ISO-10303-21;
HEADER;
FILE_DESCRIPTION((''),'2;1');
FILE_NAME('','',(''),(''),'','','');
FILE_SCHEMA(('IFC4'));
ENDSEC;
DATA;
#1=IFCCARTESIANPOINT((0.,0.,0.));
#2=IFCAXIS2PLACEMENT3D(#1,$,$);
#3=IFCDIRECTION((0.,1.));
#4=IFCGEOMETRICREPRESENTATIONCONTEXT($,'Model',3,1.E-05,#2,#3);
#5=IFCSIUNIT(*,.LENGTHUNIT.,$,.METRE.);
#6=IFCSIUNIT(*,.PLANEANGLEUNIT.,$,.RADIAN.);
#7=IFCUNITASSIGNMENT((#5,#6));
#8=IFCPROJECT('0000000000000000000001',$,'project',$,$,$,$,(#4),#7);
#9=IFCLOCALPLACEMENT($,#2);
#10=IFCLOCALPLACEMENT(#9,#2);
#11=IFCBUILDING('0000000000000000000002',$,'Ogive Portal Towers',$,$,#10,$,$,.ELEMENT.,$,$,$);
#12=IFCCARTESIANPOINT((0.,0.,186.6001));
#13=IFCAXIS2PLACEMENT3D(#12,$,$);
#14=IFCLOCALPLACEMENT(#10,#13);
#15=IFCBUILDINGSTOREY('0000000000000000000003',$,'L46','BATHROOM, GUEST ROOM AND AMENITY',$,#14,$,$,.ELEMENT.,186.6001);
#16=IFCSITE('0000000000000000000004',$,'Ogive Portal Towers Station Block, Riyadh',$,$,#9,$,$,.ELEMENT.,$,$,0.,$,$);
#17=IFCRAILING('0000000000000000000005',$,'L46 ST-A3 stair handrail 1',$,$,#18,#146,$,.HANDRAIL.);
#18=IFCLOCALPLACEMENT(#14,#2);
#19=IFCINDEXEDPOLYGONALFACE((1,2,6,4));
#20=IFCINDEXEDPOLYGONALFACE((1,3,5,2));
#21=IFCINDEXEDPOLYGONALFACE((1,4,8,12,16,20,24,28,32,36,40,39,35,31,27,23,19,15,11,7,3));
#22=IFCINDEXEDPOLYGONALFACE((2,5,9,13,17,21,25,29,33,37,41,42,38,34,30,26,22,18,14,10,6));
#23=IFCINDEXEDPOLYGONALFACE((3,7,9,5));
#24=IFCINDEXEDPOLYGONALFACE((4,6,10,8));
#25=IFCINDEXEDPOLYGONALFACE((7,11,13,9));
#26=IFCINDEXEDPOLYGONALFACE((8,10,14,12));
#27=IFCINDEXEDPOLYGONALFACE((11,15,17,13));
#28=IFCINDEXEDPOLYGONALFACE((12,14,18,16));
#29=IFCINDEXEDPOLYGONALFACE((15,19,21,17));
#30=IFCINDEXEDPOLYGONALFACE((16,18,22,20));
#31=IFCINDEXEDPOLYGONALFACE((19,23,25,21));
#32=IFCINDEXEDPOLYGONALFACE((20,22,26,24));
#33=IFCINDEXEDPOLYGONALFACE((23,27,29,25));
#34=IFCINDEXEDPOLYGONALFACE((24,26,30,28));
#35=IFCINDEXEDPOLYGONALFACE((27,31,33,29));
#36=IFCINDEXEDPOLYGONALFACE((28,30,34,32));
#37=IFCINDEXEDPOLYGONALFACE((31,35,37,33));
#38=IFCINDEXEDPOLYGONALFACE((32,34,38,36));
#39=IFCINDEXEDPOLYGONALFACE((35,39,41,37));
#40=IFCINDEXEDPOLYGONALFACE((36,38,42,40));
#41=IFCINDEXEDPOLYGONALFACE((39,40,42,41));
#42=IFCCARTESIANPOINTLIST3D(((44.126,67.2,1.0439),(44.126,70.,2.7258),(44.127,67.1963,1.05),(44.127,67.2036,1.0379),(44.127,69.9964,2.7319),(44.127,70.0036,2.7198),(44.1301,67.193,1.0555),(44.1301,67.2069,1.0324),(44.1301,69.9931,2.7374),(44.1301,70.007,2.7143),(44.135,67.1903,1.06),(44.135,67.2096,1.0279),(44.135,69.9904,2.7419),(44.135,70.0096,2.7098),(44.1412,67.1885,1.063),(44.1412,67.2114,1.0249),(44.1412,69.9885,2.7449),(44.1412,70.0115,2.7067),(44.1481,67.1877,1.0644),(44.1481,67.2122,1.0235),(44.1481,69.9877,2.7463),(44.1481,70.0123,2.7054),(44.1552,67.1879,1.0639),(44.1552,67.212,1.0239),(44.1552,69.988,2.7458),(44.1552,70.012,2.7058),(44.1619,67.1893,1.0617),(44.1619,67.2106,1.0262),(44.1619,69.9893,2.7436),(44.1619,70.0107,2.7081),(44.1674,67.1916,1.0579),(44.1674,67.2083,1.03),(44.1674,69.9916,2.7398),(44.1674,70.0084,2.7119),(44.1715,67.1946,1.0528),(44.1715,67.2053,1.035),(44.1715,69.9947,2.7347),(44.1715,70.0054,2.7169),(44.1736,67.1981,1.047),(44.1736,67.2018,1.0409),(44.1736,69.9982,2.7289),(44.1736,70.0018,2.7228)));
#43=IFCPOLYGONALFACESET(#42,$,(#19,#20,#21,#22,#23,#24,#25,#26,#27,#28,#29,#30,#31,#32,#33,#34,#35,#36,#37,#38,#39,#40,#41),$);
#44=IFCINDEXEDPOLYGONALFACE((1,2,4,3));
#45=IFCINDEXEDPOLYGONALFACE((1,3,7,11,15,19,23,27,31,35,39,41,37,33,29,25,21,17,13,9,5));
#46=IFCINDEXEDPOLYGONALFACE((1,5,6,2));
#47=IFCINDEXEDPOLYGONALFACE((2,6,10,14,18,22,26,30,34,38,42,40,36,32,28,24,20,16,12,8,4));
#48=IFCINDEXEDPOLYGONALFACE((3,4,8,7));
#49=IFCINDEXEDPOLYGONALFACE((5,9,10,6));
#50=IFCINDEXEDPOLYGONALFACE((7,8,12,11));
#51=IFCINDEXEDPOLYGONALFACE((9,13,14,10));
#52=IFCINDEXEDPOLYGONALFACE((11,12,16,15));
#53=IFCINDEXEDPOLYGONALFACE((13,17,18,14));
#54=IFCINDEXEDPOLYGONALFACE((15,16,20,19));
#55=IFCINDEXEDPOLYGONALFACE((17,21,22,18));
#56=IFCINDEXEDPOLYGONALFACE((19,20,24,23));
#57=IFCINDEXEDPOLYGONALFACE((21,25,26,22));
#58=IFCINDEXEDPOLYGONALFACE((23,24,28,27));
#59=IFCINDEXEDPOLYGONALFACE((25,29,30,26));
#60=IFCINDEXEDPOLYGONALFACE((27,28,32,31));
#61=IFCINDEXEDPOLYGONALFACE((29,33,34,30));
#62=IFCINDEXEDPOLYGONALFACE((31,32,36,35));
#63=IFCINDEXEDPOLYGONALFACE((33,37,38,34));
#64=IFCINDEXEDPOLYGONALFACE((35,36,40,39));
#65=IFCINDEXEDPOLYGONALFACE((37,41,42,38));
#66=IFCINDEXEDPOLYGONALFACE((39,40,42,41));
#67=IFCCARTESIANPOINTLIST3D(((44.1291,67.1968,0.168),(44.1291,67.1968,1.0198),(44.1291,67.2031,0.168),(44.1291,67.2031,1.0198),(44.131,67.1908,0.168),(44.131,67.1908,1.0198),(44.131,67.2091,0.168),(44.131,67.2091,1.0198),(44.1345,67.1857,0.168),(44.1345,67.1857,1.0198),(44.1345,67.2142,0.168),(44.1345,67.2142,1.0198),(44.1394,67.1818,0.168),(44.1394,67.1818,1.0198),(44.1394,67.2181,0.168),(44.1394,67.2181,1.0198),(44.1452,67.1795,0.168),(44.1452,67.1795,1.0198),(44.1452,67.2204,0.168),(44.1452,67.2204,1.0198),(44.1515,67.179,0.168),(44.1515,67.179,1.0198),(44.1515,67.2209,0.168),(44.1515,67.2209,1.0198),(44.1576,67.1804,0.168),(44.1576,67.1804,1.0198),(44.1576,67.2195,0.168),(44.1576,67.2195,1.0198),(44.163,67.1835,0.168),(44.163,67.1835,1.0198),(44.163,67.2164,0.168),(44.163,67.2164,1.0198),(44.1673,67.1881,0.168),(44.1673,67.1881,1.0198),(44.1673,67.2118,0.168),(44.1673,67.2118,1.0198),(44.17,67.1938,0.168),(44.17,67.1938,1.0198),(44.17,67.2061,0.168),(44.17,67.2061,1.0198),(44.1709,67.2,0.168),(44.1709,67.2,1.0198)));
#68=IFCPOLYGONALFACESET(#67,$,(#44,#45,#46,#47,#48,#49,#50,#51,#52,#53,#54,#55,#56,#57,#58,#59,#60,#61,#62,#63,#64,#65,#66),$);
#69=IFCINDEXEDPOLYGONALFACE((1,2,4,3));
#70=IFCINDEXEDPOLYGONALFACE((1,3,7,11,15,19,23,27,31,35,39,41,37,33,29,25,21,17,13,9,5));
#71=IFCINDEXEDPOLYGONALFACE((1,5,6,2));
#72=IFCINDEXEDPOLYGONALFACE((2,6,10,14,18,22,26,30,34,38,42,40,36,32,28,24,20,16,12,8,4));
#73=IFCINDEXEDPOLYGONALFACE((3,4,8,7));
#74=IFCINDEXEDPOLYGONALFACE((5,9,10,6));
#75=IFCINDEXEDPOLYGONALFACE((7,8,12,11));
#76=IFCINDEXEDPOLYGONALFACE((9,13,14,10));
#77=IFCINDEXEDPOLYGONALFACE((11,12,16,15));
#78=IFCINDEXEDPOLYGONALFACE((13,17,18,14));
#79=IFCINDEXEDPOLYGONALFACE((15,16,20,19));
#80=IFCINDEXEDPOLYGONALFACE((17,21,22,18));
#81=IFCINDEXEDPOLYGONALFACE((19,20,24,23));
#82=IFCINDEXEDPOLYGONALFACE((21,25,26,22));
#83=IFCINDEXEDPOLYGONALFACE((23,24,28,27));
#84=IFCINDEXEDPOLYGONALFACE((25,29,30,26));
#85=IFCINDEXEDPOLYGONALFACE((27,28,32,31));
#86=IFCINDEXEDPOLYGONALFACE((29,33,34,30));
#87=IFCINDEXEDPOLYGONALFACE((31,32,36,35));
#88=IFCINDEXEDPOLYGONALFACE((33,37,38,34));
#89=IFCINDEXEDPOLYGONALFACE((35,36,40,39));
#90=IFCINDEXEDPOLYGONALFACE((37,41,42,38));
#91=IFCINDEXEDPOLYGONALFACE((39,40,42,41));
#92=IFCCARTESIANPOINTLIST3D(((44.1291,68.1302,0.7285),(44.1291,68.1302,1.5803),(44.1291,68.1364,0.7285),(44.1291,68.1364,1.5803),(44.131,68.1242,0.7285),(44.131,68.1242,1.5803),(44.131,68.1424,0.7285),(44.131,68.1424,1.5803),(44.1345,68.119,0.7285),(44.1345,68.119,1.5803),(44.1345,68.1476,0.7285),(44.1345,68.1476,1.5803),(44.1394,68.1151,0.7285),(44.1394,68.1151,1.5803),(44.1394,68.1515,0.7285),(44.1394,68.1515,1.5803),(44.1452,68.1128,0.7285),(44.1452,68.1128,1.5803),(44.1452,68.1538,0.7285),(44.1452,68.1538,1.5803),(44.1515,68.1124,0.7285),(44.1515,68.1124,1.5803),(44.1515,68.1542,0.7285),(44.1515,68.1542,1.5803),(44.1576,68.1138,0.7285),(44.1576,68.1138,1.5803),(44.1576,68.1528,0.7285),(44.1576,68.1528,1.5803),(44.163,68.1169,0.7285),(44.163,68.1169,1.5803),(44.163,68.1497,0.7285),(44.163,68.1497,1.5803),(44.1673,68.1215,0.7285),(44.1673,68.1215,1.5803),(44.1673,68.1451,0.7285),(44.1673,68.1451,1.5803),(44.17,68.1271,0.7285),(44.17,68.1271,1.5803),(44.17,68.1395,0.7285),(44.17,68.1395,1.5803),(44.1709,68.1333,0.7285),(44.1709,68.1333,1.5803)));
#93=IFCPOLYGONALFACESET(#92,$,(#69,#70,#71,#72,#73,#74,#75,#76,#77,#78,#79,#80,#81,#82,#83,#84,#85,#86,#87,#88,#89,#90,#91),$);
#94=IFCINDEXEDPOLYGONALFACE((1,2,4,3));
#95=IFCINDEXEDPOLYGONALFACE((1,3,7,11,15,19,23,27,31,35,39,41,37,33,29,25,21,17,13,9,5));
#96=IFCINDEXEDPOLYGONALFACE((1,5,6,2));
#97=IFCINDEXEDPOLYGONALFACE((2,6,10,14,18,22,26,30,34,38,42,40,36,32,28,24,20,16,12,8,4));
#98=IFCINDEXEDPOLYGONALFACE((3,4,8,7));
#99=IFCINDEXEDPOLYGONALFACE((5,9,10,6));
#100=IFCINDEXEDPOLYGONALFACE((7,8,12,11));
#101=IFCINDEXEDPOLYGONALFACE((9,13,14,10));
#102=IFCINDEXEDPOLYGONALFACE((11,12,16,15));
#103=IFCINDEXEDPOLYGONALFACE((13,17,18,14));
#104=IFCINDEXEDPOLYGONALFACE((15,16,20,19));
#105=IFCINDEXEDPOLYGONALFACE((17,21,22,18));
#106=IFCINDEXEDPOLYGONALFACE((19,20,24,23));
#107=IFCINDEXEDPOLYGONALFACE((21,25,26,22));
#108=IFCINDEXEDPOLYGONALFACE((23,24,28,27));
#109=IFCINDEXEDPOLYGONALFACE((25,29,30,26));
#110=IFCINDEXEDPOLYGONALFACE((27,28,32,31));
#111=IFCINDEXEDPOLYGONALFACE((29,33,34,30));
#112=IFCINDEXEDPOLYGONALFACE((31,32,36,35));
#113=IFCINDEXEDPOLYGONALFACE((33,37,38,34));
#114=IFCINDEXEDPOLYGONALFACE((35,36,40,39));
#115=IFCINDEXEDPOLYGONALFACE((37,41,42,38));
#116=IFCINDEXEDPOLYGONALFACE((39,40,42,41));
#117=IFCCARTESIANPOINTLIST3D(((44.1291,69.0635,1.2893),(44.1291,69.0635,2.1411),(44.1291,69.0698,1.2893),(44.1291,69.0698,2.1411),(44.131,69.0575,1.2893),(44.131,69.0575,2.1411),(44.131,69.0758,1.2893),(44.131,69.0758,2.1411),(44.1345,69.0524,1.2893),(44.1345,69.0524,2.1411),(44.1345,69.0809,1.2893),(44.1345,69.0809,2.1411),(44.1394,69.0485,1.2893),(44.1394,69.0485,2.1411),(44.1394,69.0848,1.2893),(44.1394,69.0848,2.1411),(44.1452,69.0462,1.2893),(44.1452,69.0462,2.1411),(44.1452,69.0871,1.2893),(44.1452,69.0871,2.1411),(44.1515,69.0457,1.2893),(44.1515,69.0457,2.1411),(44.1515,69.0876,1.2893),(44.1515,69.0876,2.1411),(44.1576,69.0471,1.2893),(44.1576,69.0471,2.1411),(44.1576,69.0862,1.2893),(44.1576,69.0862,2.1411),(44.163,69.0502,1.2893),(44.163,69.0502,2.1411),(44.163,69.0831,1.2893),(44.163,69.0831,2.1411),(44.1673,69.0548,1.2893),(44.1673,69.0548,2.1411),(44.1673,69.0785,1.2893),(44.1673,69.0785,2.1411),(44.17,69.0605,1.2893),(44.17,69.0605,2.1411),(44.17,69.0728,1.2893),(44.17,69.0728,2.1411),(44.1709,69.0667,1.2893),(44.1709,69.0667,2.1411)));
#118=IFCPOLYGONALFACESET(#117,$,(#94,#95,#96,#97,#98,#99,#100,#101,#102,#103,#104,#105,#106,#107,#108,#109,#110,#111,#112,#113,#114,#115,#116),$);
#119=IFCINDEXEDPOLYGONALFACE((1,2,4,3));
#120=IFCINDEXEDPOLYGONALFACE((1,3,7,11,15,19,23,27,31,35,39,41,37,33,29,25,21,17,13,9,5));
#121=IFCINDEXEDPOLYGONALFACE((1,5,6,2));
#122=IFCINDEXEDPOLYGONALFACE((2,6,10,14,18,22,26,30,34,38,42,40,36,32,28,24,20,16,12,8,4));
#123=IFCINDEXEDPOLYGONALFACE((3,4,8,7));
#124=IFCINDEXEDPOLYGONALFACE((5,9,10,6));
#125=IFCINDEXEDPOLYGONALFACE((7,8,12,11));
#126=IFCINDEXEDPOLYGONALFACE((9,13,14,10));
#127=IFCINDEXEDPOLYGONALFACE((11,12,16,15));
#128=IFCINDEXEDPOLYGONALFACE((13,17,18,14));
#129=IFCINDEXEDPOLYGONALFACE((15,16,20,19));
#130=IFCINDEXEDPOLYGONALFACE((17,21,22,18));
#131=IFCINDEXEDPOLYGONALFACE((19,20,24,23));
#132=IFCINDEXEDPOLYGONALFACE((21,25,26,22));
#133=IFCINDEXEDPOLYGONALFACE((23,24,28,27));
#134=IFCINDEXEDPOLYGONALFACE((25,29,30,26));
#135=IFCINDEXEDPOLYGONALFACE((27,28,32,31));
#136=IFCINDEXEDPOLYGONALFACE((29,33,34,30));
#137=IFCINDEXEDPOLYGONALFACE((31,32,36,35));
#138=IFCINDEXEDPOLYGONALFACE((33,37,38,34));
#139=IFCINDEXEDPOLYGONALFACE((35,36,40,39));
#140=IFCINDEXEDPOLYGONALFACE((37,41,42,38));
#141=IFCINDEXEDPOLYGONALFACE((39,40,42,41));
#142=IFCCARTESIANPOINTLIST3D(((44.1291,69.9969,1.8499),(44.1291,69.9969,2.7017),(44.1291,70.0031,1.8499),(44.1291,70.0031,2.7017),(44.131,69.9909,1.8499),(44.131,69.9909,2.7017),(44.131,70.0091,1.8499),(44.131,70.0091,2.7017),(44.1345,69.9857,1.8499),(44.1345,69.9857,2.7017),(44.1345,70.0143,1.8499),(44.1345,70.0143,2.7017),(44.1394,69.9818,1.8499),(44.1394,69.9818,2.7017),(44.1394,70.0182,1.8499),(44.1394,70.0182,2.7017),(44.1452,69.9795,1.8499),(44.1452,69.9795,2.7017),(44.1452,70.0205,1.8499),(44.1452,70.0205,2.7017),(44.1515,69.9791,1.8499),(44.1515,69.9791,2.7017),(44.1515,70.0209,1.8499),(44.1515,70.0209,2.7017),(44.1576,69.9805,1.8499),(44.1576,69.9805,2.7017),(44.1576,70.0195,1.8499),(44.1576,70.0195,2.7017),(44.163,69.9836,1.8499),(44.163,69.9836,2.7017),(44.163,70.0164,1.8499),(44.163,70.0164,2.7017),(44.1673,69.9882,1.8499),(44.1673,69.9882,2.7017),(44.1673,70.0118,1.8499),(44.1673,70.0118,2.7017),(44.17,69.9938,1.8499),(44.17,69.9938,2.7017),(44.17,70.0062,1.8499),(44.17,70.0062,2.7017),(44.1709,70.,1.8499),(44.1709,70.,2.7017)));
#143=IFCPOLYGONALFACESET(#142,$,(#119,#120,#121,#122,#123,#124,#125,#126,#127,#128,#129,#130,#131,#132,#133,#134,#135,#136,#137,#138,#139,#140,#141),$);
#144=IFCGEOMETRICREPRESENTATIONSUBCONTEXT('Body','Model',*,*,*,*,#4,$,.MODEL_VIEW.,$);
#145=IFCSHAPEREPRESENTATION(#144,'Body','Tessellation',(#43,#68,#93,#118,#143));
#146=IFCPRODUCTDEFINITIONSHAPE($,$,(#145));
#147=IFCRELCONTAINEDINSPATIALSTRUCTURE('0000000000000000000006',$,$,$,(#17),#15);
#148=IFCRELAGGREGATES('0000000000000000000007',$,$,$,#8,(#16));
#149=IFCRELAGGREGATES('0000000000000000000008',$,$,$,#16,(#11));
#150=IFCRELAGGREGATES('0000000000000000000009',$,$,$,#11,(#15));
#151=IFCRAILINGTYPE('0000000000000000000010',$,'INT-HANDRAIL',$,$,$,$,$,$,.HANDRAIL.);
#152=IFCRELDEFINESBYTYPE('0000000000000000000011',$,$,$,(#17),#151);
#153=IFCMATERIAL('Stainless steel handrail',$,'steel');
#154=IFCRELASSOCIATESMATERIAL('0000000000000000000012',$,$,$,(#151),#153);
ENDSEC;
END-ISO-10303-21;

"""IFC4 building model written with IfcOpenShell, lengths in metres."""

from ifc_helpers import new_model, si_unit, direction, frame, origin, origin_2d, place, context, subcontext, project, spatial, circle, extrude, material, type_object, element, save


model = new_model("IFC4")

# Units and contexts
model_context = context("Model", 3, precision=1e-05, world=origin(), true_north=direction((0.0, 1.0)))
body_context = subcontext(model_context, "Body", "Model", "MODEL_VIEW")
ifc_project = project(units=[si_unit("LENGTHUNIT", "METRE"), si_unit("PLANEANGLEUNIT", "RADIAN")], contexts=[model_context])

# Site, building, storey
site_placement = place(None, origin())
site = spatial("IfcSite", under=ifc_project, at=site_placement, Name="Ogive Portal Towers Station Block, Riyadh", CompositionType="ELEMENT", RefElevation=0.0)
building_placement = place(site_placement, origin())
building = spatial("IfcBuilding", under=site, at=building_placement, Name="Ogive Portal Towers", CompositionType="ELEMENT")
storey_placement = place(building_placement, frame((0.0, 0.0, 186.6001)))
storey = spatial("IfcBuildingStorey", under=building, at=storey_placement, Name="L46", Description="BATHROOM, GUEST ROOM AND AMENITY", CompositionType="ELEMENT", Elevation=186.6001)

# Railing
ifc_material_1 = material(Name="Stainless steel handrail", Category="steel")
railing_type_1 = type_object("IfcRailingType", Name="INT-HANDRAIL", PredefinedType="HANDRAIL", material=ifc_material_1)
railing_1_placement = place(storey_placement, frame((44.1499, 67.2, 0.168)))
element("IfcRailing", 1, at=railing_1_placement, inside=storey, type_object=railing_type_1, Name="L46 ST-A3 stair handrail 1", PredefinedType="HANDRAIL", context=body_context, shape_type="SweptSolid", body=[
    extrude(circle(Radius=0.0239, at=origin_2d()), frame((0.0, 0.0, 0.876), z_axis=(0.0, 0.857242, 0.514913), x_axis=(-1.0, 0.0, 0.0)), (0.0, 0.0, 1.0), 3.2664),
    extrude(circle(Radius=0.021, at=origin_2d()), origin(), (0.0, 0.0, 1.0), 0.8518),
    extrude(circle(Radius=0.021, at=origin_2d()), frame((0.0, 0.9333, 0.5605)), (0.0, 0.0, 1.0), 0.8518),
    extrude(circle(Radius=0.021, at=origin_2d()), frame((0.0, 1.8667, 1.1213)), (0.0, 0.0, 1.0), 0.8518),
    extrude(circle(Radius=0.021, at=origin_2d()), frame((0.0, 2.8, 1.6819)), (0.0, 0.0, 1.0), 0.8518),
])

save(model, "model.ifc")
